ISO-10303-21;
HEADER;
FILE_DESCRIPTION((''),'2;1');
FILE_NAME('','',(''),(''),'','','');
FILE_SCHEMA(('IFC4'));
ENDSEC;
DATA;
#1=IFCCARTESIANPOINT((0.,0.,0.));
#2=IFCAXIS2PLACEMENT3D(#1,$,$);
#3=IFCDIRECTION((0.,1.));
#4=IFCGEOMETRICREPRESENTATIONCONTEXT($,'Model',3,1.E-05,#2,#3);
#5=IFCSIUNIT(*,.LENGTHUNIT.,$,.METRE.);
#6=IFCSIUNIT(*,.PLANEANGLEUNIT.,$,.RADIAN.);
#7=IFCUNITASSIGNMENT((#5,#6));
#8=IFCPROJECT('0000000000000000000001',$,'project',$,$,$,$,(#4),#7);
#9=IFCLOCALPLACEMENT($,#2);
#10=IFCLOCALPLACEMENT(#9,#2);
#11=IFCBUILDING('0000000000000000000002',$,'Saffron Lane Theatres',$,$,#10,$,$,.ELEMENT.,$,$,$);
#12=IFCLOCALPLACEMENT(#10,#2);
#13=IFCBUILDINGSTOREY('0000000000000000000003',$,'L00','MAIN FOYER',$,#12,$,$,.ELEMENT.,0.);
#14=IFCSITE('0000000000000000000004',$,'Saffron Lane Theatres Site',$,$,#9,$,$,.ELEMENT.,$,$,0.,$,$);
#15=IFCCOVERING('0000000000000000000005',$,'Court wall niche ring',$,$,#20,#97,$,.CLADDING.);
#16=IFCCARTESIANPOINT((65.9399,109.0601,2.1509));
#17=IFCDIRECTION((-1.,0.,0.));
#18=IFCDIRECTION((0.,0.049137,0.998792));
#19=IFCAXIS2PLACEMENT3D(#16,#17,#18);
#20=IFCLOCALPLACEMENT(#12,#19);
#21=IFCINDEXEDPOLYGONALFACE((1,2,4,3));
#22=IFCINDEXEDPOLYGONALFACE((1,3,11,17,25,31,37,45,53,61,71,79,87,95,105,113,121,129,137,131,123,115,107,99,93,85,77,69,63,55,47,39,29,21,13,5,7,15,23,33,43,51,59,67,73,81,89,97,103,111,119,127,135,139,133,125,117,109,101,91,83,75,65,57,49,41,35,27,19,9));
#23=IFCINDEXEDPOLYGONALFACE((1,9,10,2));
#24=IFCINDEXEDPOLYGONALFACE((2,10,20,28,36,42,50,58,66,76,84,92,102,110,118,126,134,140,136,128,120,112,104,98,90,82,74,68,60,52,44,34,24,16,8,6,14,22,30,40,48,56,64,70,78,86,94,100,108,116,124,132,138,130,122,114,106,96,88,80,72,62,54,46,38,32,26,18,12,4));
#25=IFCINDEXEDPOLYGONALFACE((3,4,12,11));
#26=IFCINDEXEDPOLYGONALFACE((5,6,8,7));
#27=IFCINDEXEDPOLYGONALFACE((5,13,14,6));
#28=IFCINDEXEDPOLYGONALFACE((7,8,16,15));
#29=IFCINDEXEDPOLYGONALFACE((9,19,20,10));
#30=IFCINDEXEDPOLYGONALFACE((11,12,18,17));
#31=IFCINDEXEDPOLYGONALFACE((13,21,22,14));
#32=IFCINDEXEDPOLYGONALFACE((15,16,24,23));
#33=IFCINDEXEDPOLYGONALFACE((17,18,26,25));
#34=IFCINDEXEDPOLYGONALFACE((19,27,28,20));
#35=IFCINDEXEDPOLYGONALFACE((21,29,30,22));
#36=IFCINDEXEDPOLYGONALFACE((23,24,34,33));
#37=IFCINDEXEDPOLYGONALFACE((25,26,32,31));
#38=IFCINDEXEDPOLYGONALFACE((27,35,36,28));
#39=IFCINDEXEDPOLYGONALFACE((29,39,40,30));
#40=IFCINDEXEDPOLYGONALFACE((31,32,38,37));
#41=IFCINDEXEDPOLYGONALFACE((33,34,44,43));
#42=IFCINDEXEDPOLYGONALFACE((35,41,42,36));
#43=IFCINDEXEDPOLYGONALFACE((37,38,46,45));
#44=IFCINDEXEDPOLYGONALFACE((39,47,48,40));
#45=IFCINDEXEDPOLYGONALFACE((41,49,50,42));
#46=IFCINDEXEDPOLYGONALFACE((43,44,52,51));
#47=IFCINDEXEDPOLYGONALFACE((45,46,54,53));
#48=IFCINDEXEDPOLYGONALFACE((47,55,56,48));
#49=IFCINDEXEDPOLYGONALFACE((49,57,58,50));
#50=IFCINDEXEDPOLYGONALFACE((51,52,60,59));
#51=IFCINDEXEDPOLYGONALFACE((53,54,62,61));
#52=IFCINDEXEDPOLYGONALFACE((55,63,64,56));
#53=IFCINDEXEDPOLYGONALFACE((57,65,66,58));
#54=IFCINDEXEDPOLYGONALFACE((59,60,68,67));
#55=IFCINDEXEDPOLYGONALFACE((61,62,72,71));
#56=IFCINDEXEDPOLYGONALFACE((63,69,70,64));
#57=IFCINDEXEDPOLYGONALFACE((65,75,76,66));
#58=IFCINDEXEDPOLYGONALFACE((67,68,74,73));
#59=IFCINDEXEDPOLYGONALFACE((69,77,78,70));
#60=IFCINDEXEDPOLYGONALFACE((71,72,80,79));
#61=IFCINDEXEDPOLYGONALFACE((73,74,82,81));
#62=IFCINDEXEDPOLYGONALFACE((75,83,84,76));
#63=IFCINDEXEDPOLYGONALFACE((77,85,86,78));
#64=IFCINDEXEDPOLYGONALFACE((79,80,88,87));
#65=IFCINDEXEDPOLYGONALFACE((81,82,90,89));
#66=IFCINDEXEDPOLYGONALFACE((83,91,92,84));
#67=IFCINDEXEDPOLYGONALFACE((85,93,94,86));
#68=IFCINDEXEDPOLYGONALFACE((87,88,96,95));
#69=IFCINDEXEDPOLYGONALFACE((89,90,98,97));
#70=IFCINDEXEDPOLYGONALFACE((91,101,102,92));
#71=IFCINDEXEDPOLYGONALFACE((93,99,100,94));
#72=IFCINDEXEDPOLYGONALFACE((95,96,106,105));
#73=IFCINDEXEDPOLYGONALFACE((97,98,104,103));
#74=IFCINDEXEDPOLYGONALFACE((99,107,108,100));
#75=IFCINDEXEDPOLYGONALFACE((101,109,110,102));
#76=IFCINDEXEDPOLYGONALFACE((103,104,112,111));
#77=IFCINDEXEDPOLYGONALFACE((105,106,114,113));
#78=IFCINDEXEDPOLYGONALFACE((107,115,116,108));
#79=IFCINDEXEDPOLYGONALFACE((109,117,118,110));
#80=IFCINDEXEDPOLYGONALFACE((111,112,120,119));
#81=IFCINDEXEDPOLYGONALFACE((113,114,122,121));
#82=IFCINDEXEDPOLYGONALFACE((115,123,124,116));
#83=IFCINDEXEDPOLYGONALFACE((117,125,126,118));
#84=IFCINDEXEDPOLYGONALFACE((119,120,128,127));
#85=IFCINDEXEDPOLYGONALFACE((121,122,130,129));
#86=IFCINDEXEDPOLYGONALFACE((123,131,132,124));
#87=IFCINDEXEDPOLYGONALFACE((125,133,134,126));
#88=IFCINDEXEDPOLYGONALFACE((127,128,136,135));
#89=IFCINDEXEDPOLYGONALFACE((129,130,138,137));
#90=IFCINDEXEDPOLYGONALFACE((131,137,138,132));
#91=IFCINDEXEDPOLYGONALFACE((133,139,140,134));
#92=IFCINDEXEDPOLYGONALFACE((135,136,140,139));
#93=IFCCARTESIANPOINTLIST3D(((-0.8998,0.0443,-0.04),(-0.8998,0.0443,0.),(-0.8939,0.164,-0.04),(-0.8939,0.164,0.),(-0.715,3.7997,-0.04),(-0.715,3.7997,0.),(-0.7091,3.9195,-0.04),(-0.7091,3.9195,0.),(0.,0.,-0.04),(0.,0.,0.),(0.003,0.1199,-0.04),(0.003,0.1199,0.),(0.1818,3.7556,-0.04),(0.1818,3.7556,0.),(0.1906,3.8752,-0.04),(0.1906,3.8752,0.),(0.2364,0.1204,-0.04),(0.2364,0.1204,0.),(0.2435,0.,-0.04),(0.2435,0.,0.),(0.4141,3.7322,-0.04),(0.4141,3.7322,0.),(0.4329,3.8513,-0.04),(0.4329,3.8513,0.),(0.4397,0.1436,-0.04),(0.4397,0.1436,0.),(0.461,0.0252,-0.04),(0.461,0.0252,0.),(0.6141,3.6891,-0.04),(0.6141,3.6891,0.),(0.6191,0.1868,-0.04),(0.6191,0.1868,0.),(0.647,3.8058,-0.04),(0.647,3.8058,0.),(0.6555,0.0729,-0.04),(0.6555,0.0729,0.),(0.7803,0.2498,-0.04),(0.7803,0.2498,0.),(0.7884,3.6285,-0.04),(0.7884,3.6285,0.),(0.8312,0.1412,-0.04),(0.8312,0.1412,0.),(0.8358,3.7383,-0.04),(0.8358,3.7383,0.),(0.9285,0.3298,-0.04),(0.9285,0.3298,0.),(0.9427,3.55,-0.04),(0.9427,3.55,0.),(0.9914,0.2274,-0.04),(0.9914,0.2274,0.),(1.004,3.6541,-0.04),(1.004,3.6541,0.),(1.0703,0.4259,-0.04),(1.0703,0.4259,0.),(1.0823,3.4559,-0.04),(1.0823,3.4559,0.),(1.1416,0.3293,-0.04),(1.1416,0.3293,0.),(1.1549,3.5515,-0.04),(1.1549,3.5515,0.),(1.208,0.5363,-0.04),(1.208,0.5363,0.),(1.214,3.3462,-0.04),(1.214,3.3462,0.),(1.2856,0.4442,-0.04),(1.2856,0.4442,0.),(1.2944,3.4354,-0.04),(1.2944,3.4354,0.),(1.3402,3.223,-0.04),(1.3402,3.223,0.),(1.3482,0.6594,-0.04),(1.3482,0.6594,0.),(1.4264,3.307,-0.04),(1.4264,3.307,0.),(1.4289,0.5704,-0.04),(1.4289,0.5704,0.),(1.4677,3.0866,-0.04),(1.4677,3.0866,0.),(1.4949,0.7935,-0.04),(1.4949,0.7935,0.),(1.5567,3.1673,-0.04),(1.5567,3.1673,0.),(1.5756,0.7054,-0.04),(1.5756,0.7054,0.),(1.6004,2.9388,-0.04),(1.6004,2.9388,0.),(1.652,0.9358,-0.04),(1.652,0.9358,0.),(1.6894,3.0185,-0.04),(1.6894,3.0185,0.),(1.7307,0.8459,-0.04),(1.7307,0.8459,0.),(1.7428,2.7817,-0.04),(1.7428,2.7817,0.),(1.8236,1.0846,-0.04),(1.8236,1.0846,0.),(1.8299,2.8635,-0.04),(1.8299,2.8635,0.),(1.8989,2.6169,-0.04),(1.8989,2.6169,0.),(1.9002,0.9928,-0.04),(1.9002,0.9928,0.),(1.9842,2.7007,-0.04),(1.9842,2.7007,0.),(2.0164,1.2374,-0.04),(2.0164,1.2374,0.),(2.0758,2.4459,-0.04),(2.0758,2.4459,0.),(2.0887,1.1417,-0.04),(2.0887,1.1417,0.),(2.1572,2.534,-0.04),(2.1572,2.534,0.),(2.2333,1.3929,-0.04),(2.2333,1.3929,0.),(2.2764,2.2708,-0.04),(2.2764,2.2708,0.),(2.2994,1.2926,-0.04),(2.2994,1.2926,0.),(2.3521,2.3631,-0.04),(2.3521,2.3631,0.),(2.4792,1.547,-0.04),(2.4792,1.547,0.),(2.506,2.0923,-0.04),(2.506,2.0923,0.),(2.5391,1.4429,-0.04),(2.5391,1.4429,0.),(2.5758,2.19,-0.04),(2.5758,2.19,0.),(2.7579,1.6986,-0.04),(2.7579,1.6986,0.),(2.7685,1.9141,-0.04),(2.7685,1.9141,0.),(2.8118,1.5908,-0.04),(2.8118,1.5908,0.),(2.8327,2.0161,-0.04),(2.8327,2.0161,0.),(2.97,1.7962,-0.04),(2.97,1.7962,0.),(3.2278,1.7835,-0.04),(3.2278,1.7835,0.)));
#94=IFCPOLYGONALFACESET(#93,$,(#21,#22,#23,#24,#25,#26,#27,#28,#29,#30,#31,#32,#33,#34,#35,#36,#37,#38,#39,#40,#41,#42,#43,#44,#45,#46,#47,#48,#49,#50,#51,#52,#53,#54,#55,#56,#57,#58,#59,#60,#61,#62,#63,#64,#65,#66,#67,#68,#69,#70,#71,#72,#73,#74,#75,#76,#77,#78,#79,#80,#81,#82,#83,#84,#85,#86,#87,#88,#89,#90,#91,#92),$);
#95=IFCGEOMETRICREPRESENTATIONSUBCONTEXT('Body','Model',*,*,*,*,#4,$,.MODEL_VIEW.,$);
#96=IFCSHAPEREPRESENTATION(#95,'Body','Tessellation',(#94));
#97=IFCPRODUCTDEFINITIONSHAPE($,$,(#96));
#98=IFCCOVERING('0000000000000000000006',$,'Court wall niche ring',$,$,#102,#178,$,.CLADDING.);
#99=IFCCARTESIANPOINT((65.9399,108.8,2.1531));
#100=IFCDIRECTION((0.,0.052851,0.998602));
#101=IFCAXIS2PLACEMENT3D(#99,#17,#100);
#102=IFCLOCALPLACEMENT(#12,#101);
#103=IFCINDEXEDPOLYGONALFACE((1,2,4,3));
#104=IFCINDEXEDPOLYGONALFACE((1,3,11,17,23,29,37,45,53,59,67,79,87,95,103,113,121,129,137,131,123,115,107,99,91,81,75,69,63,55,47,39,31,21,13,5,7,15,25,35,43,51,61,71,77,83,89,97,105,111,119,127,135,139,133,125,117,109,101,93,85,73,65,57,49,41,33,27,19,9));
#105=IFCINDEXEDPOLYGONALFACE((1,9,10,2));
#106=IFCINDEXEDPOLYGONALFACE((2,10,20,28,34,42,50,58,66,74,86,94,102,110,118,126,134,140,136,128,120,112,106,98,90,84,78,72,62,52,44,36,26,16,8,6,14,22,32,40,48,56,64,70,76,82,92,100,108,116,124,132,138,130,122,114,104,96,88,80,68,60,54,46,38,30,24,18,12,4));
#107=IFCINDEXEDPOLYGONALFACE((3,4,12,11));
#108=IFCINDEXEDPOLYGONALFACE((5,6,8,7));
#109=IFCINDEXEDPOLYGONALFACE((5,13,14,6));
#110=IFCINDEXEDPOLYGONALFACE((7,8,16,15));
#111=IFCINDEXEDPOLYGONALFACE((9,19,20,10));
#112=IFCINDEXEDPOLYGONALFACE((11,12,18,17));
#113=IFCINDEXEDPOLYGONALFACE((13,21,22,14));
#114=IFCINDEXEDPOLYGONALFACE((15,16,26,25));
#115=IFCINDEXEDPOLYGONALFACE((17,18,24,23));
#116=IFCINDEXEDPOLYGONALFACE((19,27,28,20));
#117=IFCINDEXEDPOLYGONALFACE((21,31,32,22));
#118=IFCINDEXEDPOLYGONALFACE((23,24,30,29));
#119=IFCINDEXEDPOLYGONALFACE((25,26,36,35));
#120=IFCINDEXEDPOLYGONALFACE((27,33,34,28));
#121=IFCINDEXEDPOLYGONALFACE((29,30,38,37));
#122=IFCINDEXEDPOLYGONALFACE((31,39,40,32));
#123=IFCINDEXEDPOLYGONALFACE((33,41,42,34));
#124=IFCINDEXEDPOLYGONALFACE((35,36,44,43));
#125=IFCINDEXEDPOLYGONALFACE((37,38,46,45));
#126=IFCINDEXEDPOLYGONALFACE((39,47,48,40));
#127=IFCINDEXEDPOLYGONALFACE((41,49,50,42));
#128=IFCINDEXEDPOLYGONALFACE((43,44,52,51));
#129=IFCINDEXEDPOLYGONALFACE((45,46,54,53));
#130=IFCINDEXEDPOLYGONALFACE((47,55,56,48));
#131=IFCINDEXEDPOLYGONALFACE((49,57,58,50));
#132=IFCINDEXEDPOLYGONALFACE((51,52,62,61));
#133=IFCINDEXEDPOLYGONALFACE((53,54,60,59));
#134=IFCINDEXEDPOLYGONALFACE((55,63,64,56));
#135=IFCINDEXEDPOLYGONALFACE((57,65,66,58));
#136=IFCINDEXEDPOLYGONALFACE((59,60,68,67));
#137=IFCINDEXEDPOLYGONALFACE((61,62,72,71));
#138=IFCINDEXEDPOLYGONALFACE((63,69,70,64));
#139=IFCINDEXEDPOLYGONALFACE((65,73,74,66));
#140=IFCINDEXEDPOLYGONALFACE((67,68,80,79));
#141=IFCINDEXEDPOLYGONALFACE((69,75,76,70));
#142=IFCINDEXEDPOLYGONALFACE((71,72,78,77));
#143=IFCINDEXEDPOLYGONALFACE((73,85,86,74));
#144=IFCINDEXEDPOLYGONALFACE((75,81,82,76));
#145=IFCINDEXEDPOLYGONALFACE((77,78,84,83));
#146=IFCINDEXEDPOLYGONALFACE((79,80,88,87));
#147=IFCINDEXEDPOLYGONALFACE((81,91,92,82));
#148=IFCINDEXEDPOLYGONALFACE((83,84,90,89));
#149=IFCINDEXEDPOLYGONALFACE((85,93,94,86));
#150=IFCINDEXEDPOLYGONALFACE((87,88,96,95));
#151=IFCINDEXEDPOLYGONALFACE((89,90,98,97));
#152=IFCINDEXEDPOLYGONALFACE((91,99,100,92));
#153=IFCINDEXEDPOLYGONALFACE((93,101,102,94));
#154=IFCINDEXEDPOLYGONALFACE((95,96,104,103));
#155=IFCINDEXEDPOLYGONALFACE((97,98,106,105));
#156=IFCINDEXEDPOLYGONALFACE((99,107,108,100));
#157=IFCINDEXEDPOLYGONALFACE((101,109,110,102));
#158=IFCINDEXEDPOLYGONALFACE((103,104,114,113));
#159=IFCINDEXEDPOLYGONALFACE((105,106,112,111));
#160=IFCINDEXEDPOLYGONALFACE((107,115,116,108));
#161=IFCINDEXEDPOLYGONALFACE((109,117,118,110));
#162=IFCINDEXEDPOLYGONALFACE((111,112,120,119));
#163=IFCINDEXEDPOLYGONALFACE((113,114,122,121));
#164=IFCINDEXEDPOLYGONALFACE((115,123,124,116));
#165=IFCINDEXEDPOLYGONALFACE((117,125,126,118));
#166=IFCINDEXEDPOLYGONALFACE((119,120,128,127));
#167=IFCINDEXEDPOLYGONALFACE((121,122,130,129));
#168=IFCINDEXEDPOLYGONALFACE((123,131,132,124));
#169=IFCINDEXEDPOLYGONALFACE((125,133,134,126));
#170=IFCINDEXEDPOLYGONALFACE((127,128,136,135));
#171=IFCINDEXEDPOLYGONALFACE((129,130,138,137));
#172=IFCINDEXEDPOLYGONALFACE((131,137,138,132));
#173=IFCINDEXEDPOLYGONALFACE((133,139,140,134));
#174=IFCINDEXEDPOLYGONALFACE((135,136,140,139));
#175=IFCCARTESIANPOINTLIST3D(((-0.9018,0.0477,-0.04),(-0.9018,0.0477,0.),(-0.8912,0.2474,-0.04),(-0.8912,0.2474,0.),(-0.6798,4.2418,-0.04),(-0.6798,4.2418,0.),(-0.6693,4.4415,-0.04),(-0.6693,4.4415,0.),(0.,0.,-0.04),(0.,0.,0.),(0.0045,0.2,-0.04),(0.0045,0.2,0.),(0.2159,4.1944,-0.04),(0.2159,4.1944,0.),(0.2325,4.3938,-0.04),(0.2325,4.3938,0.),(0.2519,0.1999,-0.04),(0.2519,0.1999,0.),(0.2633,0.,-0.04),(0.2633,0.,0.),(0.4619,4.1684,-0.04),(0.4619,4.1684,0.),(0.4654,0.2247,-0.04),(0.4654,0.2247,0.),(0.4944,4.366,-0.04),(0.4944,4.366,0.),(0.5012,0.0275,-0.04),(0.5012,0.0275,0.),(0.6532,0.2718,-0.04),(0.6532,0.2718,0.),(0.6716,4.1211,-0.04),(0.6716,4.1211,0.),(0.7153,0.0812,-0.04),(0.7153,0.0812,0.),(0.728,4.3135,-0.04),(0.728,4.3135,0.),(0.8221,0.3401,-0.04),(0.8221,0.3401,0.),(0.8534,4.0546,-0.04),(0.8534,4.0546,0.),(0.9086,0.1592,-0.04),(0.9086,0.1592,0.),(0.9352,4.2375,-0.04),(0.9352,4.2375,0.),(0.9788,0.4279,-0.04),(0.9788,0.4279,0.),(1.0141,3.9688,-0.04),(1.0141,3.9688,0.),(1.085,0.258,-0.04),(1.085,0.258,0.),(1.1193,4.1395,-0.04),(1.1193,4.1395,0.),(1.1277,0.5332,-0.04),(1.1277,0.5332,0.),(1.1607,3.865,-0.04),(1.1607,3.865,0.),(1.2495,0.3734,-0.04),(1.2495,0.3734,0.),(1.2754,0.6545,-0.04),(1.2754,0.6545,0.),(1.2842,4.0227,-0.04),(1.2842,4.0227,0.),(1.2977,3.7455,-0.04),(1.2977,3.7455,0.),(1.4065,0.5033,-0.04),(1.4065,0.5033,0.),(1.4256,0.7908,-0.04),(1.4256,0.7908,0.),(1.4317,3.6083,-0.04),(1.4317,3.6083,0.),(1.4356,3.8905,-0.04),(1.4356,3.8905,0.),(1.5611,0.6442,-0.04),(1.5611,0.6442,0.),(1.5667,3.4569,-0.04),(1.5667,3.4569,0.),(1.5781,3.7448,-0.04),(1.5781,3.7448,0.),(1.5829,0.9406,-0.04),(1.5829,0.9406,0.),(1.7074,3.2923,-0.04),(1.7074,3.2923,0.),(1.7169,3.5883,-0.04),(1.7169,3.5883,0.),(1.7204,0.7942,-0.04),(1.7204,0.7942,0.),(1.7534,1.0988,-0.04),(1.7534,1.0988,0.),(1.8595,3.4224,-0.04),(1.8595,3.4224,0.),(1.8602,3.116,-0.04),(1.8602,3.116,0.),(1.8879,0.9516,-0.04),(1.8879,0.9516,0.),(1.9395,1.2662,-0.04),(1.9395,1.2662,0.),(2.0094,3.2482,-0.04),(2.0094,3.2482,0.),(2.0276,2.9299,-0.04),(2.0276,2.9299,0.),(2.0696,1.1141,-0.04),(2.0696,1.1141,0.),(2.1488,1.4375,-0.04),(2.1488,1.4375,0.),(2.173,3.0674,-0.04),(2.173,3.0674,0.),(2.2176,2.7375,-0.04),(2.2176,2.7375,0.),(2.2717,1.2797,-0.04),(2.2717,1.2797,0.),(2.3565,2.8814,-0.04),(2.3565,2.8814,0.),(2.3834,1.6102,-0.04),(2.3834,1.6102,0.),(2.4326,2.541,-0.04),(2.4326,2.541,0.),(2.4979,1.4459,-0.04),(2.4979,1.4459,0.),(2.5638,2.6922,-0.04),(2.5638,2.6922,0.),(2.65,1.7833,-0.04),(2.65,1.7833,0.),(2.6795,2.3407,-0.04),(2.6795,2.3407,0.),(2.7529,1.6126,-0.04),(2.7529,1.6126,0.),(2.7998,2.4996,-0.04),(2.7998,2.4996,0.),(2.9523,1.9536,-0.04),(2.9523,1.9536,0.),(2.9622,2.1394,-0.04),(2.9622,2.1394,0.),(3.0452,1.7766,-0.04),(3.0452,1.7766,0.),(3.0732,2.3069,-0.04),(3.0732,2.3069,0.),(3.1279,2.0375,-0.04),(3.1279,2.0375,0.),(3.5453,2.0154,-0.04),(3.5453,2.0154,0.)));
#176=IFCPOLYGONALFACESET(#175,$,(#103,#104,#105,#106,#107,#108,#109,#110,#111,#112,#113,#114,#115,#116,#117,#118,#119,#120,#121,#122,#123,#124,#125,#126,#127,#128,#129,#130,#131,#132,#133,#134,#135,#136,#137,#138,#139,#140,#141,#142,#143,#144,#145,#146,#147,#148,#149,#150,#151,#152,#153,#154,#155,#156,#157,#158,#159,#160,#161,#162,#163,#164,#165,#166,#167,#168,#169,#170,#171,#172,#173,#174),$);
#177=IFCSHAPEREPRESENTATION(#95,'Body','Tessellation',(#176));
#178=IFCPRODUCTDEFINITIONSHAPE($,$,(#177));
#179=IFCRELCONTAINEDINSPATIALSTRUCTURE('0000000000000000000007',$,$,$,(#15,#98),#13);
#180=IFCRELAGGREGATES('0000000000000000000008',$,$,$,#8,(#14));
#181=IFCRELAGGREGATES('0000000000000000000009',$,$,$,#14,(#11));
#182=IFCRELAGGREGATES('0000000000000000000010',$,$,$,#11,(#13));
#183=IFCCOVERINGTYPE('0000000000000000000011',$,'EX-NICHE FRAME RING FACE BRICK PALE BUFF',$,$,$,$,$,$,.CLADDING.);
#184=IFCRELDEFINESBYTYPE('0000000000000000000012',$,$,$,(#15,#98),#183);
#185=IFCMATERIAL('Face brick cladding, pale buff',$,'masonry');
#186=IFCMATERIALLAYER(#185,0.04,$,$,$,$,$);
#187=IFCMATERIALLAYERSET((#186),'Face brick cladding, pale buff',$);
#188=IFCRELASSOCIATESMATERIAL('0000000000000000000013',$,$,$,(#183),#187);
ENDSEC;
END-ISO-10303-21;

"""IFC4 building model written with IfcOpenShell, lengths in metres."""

from ifc_helpers import new_model, si_unit, direction, frame, origin, place, context, subcontext, project, spatial, polyline, outline, extrude, material, layer, layer_set, type_object, element, save


model = new_model("IFC4")

# Units and contexts
model_context = context("Model", 3, precision=1e-05, world=origin(), true_north=direction((0.0, 1.0)))
body_context = subcontext(model_context, "Body", "Model", "MODEL_VIEW")
ifc_project = project(units=[si_unit("LENGTHUNIT", "METRE"), si_unit("PLANEANGLEUNIT", "RADIAN")], contexts=[model_context])

# Site, building, storey
site_placement = place(None, origin())
site = spatial("IfcSite", under=ifc_project, at=site_placement, Name="Saffron Lane Theatres Site", CompositionType="ELEMENT", RefElevation=0.0)
building_placement = place(site_placement, origin())
building = spatial("IfcBuilding", under=site, at=building_placement, Name="Saffron Lane Theatres", CompositionType="ELEMENT")
storey_placement = place(building_placement, origin())
storey = spatial("IfcBuildingStorey", under=building, at=storey_placement, Name="L00", Description="MAIN FOYER", CompositionType="ELEMENT", Elevation=0.0)

# Coverings
ifc_material_1 = material(Name="Face brick cladding, pale buff", Category="masonry")
ifc_layer_1 = layer(ifc_material_1, 0.04)
ifc_layer_set_1 = layer_set([ifc_layer_1], Name="Face brick cladding, pale buff")
covering_type_1 = type_object("IfcCoveringType", Name="EX-NICHE FRAME RING FACE BRICK PALE BUFF", PredefinedType="CLADDING", material=ifc_layer_set_1)
covering_1_placement = place(storey_placement, frame((65.9399, 109.0601, 2.1509), z_axis=(-1.0, 0.0, 0.0), x_axis=(0.0, 0.049137, 0.998792)))
element("IfcCovering", 1, at=covering_1_placement, inside=storey, type_object=covering_type_1, Name="Court wall niche ring", PredefinedType="CLADDING", context=body_context, shape_type="SweptSolid", body=[
    extrude(outline(polyline([(0.0, 0.0), (0.2435, 0.0), (0.461, 0.0252), (0.6555, 0.0729), (0.8312, 0.1412), (0.9914, 0.2274), (1.1416, 0.3293), (1.2856, 0.4442), (1.4289, 0.5704), (1.5756, 0.7054), (1.7307, 0.8459), (1.9002, 0.9928), (2.0887, 1.1417), (2.2994, 1.2926), (2.5391, 1.4429), (2.8118, 1.5908), (3.2278, 1.7835), (2.8327, 2.0161), (2.5758, 2.19), (2.3521, 2.3631), (2.1572, 2.534), (1.9842, 2.7007), (1.8299, 2.8635), (1.6894, 3.0185), (1.5567, 3.1673), (1.4264, 3.307), (1.2944, 3.4354), (1.1549, 3.5515), (1.004, 3.6541), (0.8358, 3.7383), (0.647, 3.8058), (0.4329, 3.8513), (0.1906, 3.8752), (-0.7091, 3.9195), (-0.715, 3.7997), (0.1818, 3.7556), (0.4141, 3.7322), (0.6141, 3.6891), (0.7884, 3.6285), (0.9427, 3.55), (1.0823, 3.4559), (1.214, 3.3462), (1.3402, 3.223), (1.4677, 3.0866), (1.6004, 2.9388), (1.7428, 2.7817), (1.8989, 2.6169), (2.0758, 2.4459), (2.2764, 2.2708), (2.506, 2.0923), (2.7685, 1.9141), (2.97, 1.7962), (2.7579, 1.6986), (2.4792, 1.547), (2.2333, 1.3929), (2.0164, 1.2374), (1.8236, 1.0846), (1.652, 0.9358), (1.4949, 0.7935), (1.3482, 0.6594), (1.208, 0.5363), (1.0703, 0.4259), (0.9285, 0.3298), (0.7803, 0.2498), (0.6191, 0.1868), (0.4397, 0.1436), (0.2364, 0.1204), (0.003, 0.1199), (-0.8939, 0.164), (-0.8998, 0.0443), (0.0, 0.0)])), origin(), (0.0, 0.0, -1.0), 0.04),
])
covering_2_placement = place(storey_placement, frame((65.9399, 108.8, 2.1531), z_axis=(-1.0, 0.0, 0.0), x_axis=(0.0, 0.052851, 0.998602)))
element("IfcCovering", 2, at=covering_2_placement, inside=storey, type_object=covering_type_1, Name="Court wall niche ring", PredefinedType="CLADDING", context=body_context, shape_type="SweptSolid", body=[
    extrude(outline(polyline([(0.0, 0.0), (0.2633, 0.0), (0.5012, 0.0275), (0.7153, 0.0812), (0.9086, 0.1592), (1.085, 0.258), (1.2495, 0.3734), (1.4065, 0.5033), (1.5611, 0.6442), (1.7204, 0.7942), (1.8879, 0.9516), (2.0696, 1.1141), (2.2717, 1.2797), (2.4979, 1.4459), (2.7529, 1.6126), (3.0452, 1.7766), (3.5453, 2.0154), (3.0732, 2.3069), (2.7998, 2.4996), (2.5638, 2.6922), (2.3565, 2.8814), (2.173, 3.0674), (2.0094, 3.2482), (1.8595, 3.4224), (1.7169, 3.5883), (1.5781, 3.7448), (1.4356, 3.8905), (1.2842, 4.0227), (1.1193, 4.1395), (0.9352, 4.2375), (0.728, 4.3135), (0.4944, 4.366), (0.2325, 4.3938), (-0.6693, 4.4415), (-0.6798, 4.2418), (0.2159, 4.1944), (0.4619, 4.1684), (0.6716, 4.1211), (0.8534, 4.0546), (1.0141, 3.9688), (1.1607, 3.865), (1.2977, 3.7455), (1.4317, 3.6083), (1.5667, 3.4569), (1.7074, 3.2923), (1.8602, 3.116), (2.0276, 2.9299), (2.2176, 2.7375), (2.4326, 2.541), (2.6795, 2.3407), (2.9622, 2.1394), (3.1279, 2.0375), (2.9523, 1.9536), (2.65, 1.7833), (2.3834, 1.6102), (2.1488, 1.4375), (1.9395, 1.2662), (1.7534, 1.0988), (1.5829, 0.9406), (1.4256, 0.7908), (1.2754, 0.6545), (1.1277, 0.5332), (0.9788, 0.4279), (0.8221, 0.3401), (0.6532, 0.2718), (0.4654, 0.2247), (0.2519, 0.1999), (0.0045, 0.2), (-0.8912, 0.2474), (-0.9018, 0.0477), (0.0, 0.0)])), origin(), (0.0, 0.0, -1.0), 0.04),
])

save(model, "model.ifc")
